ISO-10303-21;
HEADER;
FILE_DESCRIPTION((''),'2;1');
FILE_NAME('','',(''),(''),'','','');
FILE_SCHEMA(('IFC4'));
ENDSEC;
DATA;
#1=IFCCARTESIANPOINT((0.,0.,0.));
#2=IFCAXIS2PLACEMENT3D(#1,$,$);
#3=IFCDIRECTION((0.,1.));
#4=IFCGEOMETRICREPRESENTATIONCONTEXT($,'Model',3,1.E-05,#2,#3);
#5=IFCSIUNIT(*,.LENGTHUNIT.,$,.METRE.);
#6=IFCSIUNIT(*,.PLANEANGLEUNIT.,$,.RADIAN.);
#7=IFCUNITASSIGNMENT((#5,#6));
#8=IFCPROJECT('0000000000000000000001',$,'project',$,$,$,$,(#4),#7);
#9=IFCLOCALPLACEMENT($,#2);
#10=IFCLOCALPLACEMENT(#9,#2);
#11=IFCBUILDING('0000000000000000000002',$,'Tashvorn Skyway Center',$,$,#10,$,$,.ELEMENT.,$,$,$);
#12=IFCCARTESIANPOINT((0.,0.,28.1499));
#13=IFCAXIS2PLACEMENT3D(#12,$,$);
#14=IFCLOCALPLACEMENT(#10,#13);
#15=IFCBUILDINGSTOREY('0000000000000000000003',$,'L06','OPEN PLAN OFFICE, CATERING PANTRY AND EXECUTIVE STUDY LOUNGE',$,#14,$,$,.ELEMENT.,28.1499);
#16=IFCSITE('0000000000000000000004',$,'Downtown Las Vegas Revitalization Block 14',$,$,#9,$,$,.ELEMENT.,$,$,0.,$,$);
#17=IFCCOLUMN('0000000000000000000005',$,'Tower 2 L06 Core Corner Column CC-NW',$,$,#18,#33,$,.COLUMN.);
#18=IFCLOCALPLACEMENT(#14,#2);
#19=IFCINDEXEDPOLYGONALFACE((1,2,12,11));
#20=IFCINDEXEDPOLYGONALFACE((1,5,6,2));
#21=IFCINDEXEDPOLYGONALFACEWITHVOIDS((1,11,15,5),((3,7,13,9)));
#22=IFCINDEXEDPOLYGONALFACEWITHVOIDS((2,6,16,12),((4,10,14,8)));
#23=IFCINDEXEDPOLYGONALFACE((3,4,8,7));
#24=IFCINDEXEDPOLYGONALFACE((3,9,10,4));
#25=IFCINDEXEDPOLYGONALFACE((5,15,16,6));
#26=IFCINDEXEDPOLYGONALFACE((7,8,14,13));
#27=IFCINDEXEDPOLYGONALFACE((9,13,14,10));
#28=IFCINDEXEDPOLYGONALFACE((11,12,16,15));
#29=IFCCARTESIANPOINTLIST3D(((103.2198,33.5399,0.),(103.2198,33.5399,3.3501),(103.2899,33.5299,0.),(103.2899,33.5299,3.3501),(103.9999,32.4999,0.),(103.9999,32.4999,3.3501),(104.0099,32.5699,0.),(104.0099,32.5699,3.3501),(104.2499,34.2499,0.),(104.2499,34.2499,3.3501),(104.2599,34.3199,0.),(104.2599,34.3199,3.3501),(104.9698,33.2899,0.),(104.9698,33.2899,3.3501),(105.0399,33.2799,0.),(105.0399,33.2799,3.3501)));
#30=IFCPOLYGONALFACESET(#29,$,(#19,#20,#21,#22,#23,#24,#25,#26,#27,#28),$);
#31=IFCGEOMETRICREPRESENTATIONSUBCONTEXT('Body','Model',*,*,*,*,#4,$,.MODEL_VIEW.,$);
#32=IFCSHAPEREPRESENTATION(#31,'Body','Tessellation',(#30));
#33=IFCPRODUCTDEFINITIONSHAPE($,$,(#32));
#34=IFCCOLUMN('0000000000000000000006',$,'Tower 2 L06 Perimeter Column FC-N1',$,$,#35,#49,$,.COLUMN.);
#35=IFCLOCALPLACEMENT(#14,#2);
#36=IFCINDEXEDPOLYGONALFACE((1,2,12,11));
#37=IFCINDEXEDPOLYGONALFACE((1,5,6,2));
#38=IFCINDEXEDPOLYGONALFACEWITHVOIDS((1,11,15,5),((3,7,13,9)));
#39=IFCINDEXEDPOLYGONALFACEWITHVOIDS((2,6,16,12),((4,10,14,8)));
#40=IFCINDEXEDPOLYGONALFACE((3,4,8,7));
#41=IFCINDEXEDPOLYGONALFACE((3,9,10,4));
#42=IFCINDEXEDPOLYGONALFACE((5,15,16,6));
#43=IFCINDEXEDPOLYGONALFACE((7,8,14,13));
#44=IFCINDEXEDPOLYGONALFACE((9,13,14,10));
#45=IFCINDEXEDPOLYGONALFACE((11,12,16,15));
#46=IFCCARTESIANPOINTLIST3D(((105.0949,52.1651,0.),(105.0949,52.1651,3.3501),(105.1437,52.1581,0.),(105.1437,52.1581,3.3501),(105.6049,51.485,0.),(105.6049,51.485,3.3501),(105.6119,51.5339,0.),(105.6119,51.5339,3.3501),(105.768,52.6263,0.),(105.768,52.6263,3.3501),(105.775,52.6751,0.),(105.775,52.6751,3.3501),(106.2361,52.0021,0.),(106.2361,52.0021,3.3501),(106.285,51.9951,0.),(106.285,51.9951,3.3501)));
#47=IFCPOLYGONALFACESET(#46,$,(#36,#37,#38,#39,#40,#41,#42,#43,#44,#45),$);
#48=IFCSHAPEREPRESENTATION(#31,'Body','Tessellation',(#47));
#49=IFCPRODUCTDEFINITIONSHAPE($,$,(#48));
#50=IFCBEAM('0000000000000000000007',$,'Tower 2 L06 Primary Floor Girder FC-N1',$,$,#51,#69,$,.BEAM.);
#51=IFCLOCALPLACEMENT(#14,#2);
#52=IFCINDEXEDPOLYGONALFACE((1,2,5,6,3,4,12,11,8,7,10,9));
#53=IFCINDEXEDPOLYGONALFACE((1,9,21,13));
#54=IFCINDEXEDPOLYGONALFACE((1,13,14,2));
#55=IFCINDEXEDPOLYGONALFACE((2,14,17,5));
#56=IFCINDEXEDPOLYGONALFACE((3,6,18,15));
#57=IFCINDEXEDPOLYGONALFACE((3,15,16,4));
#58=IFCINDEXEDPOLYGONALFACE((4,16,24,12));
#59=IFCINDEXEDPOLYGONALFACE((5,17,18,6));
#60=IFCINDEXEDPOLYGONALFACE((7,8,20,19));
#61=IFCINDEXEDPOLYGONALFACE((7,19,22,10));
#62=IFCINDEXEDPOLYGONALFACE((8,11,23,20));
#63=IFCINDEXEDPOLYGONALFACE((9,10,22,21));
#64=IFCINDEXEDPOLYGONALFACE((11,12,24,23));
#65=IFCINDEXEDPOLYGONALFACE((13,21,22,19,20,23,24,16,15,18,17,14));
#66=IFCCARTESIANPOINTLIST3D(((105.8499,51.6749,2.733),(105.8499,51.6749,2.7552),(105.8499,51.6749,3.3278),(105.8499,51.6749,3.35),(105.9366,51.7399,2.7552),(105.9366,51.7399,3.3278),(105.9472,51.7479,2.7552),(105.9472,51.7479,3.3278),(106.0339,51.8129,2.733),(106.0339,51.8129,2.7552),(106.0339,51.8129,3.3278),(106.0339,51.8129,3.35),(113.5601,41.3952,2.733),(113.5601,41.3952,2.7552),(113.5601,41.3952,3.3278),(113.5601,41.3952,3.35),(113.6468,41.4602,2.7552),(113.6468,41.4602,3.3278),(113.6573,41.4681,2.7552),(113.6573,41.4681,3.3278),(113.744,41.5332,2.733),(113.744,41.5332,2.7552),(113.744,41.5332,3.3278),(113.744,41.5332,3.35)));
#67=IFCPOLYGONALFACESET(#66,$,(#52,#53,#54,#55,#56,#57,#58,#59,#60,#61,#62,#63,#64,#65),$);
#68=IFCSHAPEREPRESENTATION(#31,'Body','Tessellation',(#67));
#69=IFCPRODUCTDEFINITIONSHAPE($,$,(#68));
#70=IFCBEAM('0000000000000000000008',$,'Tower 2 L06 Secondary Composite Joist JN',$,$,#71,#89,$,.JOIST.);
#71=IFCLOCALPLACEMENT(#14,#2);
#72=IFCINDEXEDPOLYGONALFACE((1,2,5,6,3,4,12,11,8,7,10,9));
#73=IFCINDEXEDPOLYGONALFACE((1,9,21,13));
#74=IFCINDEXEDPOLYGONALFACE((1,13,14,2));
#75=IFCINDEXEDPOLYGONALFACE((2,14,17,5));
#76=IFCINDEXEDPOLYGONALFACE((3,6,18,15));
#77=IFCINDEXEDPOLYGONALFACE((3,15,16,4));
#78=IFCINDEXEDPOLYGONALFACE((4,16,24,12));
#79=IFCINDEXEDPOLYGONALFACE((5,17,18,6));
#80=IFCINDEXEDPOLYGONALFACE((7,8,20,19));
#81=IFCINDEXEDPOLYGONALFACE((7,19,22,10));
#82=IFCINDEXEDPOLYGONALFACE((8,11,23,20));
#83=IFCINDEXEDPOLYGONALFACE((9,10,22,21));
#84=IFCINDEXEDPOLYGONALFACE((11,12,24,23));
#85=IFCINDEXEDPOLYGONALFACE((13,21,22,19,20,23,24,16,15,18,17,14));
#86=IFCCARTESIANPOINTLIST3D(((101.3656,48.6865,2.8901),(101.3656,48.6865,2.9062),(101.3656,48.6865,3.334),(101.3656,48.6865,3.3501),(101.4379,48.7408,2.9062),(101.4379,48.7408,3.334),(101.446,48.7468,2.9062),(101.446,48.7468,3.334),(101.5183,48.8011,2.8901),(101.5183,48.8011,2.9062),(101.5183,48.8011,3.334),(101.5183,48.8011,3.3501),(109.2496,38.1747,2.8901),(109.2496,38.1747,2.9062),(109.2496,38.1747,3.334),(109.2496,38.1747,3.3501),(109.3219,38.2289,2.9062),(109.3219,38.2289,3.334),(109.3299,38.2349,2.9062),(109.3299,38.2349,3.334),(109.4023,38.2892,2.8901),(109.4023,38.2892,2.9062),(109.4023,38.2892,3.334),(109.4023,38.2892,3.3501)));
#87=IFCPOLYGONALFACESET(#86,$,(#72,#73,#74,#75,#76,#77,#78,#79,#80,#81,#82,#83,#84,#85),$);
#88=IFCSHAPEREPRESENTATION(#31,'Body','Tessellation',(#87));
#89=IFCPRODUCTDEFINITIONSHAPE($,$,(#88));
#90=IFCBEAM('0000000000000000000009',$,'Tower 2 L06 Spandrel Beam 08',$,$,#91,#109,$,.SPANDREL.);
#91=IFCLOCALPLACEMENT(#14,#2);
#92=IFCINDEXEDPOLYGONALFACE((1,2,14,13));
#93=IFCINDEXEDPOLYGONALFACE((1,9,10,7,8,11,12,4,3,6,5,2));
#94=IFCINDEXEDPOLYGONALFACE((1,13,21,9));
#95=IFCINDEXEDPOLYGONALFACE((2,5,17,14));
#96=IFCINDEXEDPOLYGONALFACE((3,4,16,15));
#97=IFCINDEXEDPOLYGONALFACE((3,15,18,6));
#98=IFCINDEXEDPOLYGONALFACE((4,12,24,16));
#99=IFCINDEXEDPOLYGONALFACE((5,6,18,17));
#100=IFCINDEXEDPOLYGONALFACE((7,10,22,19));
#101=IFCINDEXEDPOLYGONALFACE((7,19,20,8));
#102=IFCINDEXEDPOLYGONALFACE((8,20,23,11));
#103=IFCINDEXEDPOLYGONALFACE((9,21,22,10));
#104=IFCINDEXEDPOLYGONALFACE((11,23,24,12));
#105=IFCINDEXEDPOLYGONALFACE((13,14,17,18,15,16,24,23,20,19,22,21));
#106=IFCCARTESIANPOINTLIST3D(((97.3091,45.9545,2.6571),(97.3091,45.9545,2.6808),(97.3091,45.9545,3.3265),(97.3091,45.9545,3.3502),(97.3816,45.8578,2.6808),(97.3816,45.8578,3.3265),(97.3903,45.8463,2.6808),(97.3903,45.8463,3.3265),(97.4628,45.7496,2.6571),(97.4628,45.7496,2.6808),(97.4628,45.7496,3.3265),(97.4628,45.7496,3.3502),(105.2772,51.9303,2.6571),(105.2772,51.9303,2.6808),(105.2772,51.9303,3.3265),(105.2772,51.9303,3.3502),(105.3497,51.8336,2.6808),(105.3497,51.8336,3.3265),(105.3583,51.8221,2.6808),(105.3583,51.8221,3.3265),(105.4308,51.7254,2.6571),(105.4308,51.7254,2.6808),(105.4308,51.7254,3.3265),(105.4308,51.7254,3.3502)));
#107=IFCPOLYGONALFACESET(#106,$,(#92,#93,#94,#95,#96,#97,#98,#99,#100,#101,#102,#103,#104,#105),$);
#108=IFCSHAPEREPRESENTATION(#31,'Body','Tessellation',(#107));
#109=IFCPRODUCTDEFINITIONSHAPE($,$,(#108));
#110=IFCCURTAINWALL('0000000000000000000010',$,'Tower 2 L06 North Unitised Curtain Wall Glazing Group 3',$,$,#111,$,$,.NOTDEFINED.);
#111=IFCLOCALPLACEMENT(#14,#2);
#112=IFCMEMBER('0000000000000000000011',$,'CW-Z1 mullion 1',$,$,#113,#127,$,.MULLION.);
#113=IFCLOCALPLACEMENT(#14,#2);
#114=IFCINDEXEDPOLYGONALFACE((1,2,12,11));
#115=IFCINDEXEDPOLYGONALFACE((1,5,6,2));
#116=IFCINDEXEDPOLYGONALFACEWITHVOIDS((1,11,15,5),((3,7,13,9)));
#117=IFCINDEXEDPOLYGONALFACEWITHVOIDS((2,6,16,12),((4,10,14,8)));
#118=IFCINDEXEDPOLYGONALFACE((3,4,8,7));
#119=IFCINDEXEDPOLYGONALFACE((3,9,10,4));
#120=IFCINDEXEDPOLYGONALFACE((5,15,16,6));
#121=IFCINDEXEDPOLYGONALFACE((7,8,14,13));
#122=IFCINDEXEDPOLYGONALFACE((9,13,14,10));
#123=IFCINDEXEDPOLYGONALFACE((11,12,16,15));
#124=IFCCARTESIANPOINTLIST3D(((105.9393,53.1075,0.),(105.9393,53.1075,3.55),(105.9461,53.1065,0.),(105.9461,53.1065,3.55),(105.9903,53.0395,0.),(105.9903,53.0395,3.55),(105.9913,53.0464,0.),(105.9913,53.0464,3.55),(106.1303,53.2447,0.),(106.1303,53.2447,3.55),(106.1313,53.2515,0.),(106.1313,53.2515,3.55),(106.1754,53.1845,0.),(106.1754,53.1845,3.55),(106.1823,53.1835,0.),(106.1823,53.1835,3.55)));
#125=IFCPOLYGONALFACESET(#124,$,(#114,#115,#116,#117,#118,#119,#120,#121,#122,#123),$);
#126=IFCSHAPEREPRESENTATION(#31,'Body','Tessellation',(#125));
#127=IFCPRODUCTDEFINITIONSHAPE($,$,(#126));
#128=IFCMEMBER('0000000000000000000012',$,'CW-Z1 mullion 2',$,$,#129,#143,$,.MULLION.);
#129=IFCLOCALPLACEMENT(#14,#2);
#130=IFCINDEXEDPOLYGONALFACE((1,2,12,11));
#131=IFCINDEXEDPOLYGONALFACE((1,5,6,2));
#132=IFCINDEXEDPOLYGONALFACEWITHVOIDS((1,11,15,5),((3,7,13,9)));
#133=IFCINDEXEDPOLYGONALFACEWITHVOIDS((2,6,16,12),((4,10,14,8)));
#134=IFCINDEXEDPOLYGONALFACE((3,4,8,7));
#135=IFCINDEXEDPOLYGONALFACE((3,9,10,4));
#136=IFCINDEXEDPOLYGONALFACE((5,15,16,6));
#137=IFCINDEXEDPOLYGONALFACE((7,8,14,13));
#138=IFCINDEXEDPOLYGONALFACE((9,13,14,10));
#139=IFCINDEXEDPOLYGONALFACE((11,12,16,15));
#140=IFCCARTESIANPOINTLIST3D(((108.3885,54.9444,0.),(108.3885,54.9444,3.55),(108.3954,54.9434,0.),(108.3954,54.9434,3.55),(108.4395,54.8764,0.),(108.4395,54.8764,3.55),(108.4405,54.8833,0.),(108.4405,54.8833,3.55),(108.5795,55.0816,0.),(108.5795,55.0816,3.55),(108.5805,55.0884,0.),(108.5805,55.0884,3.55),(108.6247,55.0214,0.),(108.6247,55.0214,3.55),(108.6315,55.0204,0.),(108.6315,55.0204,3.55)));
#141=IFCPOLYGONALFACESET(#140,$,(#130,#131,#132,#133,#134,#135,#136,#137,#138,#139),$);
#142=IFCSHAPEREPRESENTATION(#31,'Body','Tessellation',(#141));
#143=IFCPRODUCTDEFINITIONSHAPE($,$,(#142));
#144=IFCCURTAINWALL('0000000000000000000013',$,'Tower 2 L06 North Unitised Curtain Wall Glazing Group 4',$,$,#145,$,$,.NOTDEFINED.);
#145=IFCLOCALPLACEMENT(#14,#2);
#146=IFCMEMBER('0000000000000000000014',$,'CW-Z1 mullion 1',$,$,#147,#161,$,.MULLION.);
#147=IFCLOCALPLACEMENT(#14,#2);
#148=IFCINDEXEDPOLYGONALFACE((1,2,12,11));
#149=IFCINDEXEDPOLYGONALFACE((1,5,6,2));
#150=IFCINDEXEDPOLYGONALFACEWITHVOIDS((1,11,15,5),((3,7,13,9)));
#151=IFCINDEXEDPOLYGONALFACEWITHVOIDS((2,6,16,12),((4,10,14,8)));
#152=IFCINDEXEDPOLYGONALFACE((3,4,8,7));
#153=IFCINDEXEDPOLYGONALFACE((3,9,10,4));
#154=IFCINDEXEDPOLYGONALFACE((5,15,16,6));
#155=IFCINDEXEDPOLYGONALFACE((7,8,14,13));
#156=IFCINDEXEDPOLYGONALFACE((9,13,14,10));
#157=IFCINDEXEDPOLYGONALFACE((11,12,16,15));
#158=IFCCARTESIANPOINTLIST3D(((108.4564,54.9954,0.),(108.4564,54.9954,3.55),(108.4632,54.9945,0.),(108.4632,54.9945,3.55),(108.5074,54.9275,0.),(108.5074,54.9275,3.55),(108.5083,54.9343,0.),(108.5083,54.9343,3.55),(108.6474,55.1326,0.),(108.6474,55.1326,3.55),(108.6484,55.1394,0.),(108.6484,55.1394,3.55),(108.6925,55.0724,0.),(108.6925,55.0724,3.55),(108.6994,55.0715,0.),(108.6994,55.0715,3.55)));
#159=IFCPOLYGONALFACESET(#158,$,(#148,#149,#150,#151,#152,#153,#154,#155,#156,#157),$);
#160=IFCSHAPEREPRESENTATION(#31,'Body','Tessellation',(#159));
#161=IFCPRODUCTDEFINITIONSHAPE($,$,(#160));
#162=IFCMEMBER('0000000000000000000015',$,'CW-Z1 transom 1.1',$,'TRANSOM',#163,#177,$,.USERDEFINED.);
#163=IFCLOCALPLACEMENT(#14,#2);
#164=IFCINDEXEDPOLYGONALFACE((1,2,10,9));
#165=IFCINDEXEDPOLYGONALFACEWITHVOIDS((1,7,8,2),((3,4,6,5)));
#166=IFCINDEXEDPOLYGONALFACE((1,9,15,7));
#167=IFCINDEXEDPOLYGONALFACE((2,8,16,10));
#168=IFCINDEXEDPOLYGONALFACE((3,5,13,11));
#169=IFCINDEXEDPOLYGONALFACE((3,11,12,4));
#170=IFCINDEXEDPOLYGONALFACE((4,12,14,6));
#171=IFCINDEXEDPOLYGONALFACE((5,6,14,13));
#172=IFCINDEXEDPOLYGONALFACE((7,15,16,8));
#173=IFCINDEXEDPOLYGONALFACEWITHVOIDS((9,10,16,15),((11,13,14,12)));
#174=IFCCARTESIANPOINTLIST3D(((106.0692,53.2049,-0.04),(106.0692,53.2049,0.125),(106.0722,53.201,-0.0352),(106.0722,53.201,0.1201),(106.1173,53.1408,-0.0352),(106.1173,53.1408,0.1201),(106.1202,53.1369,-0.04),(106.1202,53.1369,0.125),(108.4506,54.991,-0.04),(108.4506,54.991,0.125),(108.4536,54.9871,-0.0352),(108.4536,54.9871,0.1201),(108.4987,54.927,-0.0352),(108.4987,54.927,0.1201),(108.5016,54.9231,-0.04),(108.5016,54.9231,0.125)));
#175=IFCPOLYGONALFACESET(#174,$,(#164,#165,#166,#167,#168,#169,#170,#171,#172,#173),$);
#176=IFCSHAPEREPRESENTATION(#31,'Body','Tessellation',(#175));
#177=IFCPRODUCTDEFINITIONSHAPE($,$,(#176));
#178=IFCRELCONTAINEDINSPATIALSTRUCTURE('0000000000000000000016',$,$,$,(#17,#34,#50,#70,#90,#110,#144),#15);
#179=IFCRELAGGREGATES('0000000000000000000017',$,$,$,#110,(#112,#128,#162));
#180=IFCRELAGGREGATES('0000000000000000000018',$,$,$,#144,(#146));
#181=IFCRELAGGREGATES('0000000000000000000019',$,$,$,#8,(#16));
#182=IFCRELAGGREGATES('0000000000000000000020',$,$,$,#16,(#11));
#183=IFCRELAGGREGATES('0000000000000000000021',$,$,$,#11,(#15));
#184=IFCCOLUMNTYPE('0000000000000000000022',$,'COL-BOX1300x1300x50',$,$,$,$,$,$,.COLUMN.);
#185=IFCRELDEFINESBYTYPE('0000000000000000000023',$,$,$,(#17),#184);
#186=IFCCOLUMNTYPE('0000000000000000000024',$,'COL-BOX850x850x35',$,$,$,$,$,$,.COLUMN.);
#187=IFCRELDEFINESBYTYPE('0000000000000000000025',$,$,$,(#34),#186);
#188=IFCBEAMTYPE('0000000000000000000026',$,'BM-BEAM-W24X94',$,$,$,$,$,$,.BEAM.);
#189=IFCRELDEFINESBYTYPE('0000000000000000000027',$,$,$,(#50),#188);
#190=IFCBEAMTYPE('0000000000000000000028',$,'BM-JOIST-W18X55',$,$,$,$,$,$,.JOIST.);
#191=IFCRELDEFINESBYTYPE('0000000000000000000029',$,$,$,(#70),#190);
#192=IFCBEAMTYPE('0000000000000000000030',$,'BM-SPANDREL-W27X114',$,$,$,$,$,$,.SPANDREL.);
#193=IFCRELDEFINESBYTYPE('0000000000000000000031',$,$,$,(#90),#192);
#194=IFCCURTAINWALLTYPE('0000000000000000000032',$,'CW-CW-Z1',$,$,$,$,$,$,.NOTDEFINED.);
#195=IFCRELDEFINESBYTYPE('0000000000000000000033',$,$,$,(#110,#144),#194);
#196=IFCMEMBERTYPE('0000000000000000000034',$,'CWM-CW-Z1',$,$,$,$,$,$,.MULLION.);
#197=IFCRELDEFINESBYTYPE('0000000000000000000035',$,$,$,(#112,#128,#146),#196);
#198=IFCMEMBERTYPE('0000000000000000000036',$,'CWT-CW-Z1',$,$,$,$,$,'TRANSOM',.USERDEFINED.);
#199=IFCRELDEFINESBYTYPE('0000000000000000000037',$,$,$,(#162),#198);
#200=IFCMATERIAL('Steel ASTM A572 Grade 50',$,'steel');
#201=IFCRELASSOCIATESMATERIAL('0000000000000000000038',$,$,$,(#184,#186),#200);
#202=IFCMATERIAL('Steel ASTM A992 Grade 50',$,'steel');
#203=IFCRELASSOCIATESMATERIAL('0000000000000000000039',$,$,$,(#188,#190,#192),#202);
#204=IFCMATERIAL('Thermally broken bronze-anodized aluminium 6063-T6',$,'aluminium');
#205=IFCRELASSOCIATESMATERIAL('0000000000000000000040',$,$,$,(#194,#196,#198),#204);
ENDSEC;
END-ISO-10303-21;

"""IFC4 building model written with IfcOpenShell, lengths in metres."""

from ifc_helpers import new_model, si_unit, direction, frame, origin, origin_2d, place, context, subcontext, project, spatial, hollow_rectangle, i_section, extrude, material, material_profile, profile_set, type_object, element, aggregate, save


model = new_model("IFC4")

# Units and contexts
model_context = context("Model", 3, precision=1e-05, world=origin(), true_north=direction((0.0, 1.0)))
body_context = subcontext(model_context, "Body", "Model", "MODEL_VIEW")
ifc_project = project(units=[si_unit("LENGTHUNIT", "METRE"), si_unit("PLANEANGLEUNIT", "RADIAN")], contexts=[model_context])

# Site, building, storey
site_placement = place(None, origin())
site = spatial("IfcSite", under=ifc_project, at=site_placement, Name="Downtown Las Vegas Revitalization Block 14", CompositionType="ELEMENT", RefElevation=0.0)
building_placement = place(site_placement, origin())
building = spatial("IfcBuilding", under=site, at=building_placement, Name="Tashvorn Skyway Center", CompositionType="ELEMENT")
storey_placement = place(building_placement, frame((0.0, 0.0, 28.1499)))
storey = spatial("IfcBuildingStorey", under=building, at=storey_placement, Name="L06", Description="OPEN PLAN OFFICE, CATERING PANTRY AND EXECUTIVE STUDY LOUNGE", CompositionType="ELEMENT", Elevation=28.1499)

# Columns
ifc_material_1 = material(Name="Steel ASTM A572 Grade 50", Category="steel")
ifc_material_profile_1 = material_profile(ifc_material_1, hollow_rectangle(XDim=1.3, YDim=1.3, WallThickness=0.05, at=origin_2d()), Name="BOX1300x1300x50")
ifc_profile_set_1 = profile_set([ifc_material_profile_1], Name="Steel ASTM A572 Grade 50")
column_type_1 = type_object("IfcColumnType", Name="COL-BOX1300x1300x50", PredefinedType="COLUMN", material=ifc_profile_set_1)
column_1_placement = place(storey_placement, frame((104.1299, 33.4099, 0.0), z_axis=(0.0, 0.0, 1.0), x_axis=(0.8, 0.6, 0.0)))
element("IfcColumn", 1, at=column_1_placement, inside=storey, type_object=column_type_1, Name="Tower 2 L06 Core Corner Column CC-NW", PredefinedType="COLUMN", context=body_context, shape_type="SweptSolid", body=[
    extrude(hollow_rectangle(XDim=1.3, YDim=1.3, WallThickness=0.05, at=origin_2d()), origin(), (0.0, 0.0, 1.0), 3.3501),
])
ifc_material_profile_2 = material_profile(ifc_material_1, hollow_rectangle(XDim=0.8501, YDim=0.8501, WallThickness=0.0349, at=origin_2d()), Name="BOX850x850x35")
ifc_profile_set_2 = profile_set([ifc_material_profile_2], Name="Steel ASTM A572 Grade 50")
column_type_2 = type_object("IfcColumnType", Name="COL-BOX850x850x35", PredefinedType="COLUMN", material=ifc_profile_set_2)
column_2_placement = place(storey_placement, frame((105.6899, 52.0801, 0.0), z_axis=(0.0, 0.0, 1.0), x_axis=(0.8, 0.6, 0.0)))
element("IfcColumn", 2, at=column_2_placement, inside=storey, type_object=column_type_2, Name="Tower 2 L06 Perimeter Column FC-N1", PredefinedType="COLUMN", context=body_context, shape_type="SweptSolid", body=[
    extrude(hollow_rectangle(XDim=0.8501, YDim=0.8501, WallThickness=0.0349, at=origin_2d()), origin(), (0.0, 0.0, 1.0), 3.3501),
])

# Beams
ifc_material_2 = material(Name="Steel ASTM A992 Grade 50", Category="steel")
ifc_material_profile_3 = material_profile(ifc_material_2, i_section(OverallWidth=0.23, OverallDepth=0.6169, WebThickness=0.0132, FlangeThickness=0.0222, at=origin_2d()), Name="W24X94")
ifc_profile_set_3 = profile_set([ifc_material_profile_3], Name="Steel ASTM A992 Grade 50")
beam_type_1 = type_object("IfcBeamType", Name="BM-BEAM-W24X94", PredefinedType="BEAM", material=ifc_profile_set_3)
beam_1_placement = place(storey_placement, frame((105.9419, 51.7439, 3.0415), z_axis=(0.600018, -0.799986, 0.0), x_axis=(0.799986, 0.600018, 0.0)))
element("IfcBeam", 3, at=beam_1_placement, inside=storey, type_object=beam_type_1, Name="Tower 2 L06 Primary Floor Girder FC-N1", PredefinedType="BEAM", context=body_context, shape_type="SweptSolid", body=[
    extrude(i_section(OverallWidth=0.23, OverallDepth=0.6169, WebThickness=0.0132, FlangeThickness=0.0222, at=origin_2d()), origin(), (0.0, 0.0, 1.0), 12.8499),
])
ifc_material_profile_4 = material_profile(ifc_material_2, i_section(OverallWidth=0.1909, OverallDepth=0.46, WebThickness=0.01, FlangeThickness=0.0161, at=origin_2d()), Name="W18X55")
ifc_profile_set_4 = profile_set([ifc_material_profile_4], Name="Steel ASTM A992 Grade 50")
beam_type_2 = type_object("IfcBeamType", Name="BM-JOIST-W18X55", PredefinedType="JOIST", material=ifc_profile_set_4)
beam_2_placement = place(storey_placement, frame((109.3259, 38.2319, 3.1201), z_axis=(-0.600003, 0.799998, 0.0), x_axis=(-0.799998, -0.600003, 0.0)))
element("IfcBeam", 4, at=beam_2_placement, inside=storey, type_object=beam_type_2, Name="Tower 2 L06 Secondary Composite Joist JN", PredefinedType="JOIST", context=body_context, shape_type="SweptSolid", body=[
    extrude(i_section(OverallWidth=0.1909, OverallDepth=0.46, WebThickness=0.01, FlangeThickness=0.0161, at=origin_2d()), origin(), (0.0, 0.0, 1.0), 13.1399),
])
ifc_material_profile_5 = material_profile(ifc_material_2, i_section(OverallWidth=0.2561, OverallDepth=0.6931, WebThickness=0.0144, FlangeThickness=0.0237, at=origin_2d()), Name="W27X114")
ifc_profile_set_5 = profile_set([ifc_material_profile_5], Name="Steel ASTM A992 Grade 50")
beam_type_3 = type_object("IfcBeamType", Name="BM-SPANDREL-W27X114", PredefinedType="SPANDREL", material=ifc_profile_set_5)
beam_3_placement = place(storey_placement, frame((105.354, 51.8279, 3.0037), z_axis=(-0.800009, -0.599988, 0.0), x_axis=(0.599988, -0.800009, 0.0)))
element("IfcBeam", 5, at=beam_3_placement, inside=storey, type_object=beam_type_3, Name="Tower 2 L06 Spandrel Beam 08", PredefinedType="SPANDREL", context=body_context, shape_type="SweptSolid", body=[
    extrude(i_section(OverallWidth=0.2561, OverallDepth=0.6931, WebThickness=0.0144, FlangeThickness=0.0237, at=origin_2d()), origin(), (0.0, 0.0, 1.0), 9.96),
])

# Curtain wall, members
ifc_material_3 = material(Name="Thermally broken bronze-anodized aluminium 6063-T6", Category="aluminium")
curtain_wall_type = type_object("IfcCurtainWallType", Name="CW-CW-Z1", PredefinedType="NOTDEFINED", material=ifc_material_3)
curtain_wall_1_placement = place(storey_placement, origin())
curtain_wall_1 = element("IfcCurtainWall", 6, at=curtain_wall_1_placement, inside=storey, type_object=curtain_wall_type, Name="Tower 2 L06 North Unitised Curtain Wall Glazing Group 3", PredefinedType="NOTDEFINED")
ifc_material_profile_6 = material_profile(ifc_material_3, hollow_rectangle(XDim=0.085, YDim=0.24, WallThickness=0.0049, at=origin_2d()), Name="ALU-MULL-85x240")
ifc_profile_set_6 = profile_set([ifc_material_profile_6], Name="Thermally broken bronze-anodized aluminium 6063-T6")
member_type_1 = type_object("IfcMemberType", Name="CWM-CW-Z1", PredefinedType="MULLION", material=ifc_profile_set_6)
member_1_placement = place(storey_placement, frame((106.0608, 53.1455, 0.0), z_axis=(0.0, 0.0, 1.0), x_axis=(-0.600005, 0.799996, 0.0)))
member_1 = element("IfcMember", 7, at=member_1_placement, type_object=member_type_1, Name="CW-Z1 mullion 1", PredefinedType="MULLION", context=body_context, shape_type="SweptSolid", body=[
    extrude(hollow_rectangle(XDim=0.085, YDim=0.24, WallThickness=0.0049, at=origin_2d()), origin(), (0.0, 0.0, 1.0), 3.55),
])
member_2_placement = place(storey_placement, frame((108.51, 54.9824, 0.0), z_axis=(0.0, 0.0, 1.0), x_axis=(-0.600005, 0.799996, 0.0)))
member_2 = element("IfcMember", 8, at=member_2_placement, type_object=member_type_1, Name="CW-Z1 mullion 2", PredefinedType="MULLION", context=body_context, shape_type="SweptSolid", body=[
    extrude(hollow_rectangle(XDim=0.085, YDim=0.24, WallThickness=0.0049, at=origin_2d()), origin(), (0.0, 0.0, 1.0), 3.55),
])

# Curtain wall, member
curtain_wall_2_placement = place(storey_placement, origin())
curtain_wall_2 = element("IfcCurtainWall", 9, at=curtain_wall_2_placement, inside=storey, type_object=curtain_wall_type, Name="Tower 2 L06 North Unitised Curtain Wall Glazing Group 4", PredefinedType="NOTDEFINED")
member_3_placement = place(storey_placement, frame((108.5779, 55.0334, 0.0), z_axis=(0.0, 0.0, 1.0), x_axis=(-0.6, 0.8, 0.0)))
member_3 = element("IfcMember", 10, at=member_3_placement, type_object=member_type_1, Name="CW-Z1 mullion 1", PredefinedType="MULLION", context=body_context, shape_type="SweptSolid", body=[
    extrude(hollow_rectangle(XDim=0.085, YDim=0.24, WallThickness=0.0049, at=origin_2d()), origin(), (0.0, 0.0, 1.0), 3.55),
])

# Member
ifc_material_profile_7 = material_profile(ifc_material_3, hollow_rectangle(XDim=0.085, YDim=0.165, WallThickness=0.0049, at=origin_2d()), Name="ALU-TRAN-85x165")
ifc_profile_set_7 = profile_set([ifc_material_profile_7], Name="Thermally broken bronze-anodized aluminium 6063-T6")
member_type_2 = type_object("IfcMemberType", Name="CWT-CW-Z1", ElementType="TRANSOM", PredefinedType="USERDEFINED", material=ifc_profile_set_7)
member_4_placement = place(storey_placement, frame((106.0947, 53.1709, 0.0425), z_axis=(0.79998, 0.600026, 0.0), x_axis=(-0.600026, 0.79998, 0.0)))
member_4 = element("IfcMember", 11, at=member_4_placement, type_object=member_type_2, Name="CW-Z1 transom 1.1", ObjectType="TRANSOM", PredefinedType="USERDEFINED", context=body_context, shape_type="SweptSolid", body=[
    extrude(hollow_rectangle(XDim=0.085, YDim=0.165, WallThickness=0.0049, at=origin_2d()), origin(), (0.0, 0.0, 1.0), 2.9768),
])

aggregate(curtain_wall_1, [member_1, member_2, member_4])
aggregate(curtain_wall_2, [member_3])

save(model, "model.ifc")
